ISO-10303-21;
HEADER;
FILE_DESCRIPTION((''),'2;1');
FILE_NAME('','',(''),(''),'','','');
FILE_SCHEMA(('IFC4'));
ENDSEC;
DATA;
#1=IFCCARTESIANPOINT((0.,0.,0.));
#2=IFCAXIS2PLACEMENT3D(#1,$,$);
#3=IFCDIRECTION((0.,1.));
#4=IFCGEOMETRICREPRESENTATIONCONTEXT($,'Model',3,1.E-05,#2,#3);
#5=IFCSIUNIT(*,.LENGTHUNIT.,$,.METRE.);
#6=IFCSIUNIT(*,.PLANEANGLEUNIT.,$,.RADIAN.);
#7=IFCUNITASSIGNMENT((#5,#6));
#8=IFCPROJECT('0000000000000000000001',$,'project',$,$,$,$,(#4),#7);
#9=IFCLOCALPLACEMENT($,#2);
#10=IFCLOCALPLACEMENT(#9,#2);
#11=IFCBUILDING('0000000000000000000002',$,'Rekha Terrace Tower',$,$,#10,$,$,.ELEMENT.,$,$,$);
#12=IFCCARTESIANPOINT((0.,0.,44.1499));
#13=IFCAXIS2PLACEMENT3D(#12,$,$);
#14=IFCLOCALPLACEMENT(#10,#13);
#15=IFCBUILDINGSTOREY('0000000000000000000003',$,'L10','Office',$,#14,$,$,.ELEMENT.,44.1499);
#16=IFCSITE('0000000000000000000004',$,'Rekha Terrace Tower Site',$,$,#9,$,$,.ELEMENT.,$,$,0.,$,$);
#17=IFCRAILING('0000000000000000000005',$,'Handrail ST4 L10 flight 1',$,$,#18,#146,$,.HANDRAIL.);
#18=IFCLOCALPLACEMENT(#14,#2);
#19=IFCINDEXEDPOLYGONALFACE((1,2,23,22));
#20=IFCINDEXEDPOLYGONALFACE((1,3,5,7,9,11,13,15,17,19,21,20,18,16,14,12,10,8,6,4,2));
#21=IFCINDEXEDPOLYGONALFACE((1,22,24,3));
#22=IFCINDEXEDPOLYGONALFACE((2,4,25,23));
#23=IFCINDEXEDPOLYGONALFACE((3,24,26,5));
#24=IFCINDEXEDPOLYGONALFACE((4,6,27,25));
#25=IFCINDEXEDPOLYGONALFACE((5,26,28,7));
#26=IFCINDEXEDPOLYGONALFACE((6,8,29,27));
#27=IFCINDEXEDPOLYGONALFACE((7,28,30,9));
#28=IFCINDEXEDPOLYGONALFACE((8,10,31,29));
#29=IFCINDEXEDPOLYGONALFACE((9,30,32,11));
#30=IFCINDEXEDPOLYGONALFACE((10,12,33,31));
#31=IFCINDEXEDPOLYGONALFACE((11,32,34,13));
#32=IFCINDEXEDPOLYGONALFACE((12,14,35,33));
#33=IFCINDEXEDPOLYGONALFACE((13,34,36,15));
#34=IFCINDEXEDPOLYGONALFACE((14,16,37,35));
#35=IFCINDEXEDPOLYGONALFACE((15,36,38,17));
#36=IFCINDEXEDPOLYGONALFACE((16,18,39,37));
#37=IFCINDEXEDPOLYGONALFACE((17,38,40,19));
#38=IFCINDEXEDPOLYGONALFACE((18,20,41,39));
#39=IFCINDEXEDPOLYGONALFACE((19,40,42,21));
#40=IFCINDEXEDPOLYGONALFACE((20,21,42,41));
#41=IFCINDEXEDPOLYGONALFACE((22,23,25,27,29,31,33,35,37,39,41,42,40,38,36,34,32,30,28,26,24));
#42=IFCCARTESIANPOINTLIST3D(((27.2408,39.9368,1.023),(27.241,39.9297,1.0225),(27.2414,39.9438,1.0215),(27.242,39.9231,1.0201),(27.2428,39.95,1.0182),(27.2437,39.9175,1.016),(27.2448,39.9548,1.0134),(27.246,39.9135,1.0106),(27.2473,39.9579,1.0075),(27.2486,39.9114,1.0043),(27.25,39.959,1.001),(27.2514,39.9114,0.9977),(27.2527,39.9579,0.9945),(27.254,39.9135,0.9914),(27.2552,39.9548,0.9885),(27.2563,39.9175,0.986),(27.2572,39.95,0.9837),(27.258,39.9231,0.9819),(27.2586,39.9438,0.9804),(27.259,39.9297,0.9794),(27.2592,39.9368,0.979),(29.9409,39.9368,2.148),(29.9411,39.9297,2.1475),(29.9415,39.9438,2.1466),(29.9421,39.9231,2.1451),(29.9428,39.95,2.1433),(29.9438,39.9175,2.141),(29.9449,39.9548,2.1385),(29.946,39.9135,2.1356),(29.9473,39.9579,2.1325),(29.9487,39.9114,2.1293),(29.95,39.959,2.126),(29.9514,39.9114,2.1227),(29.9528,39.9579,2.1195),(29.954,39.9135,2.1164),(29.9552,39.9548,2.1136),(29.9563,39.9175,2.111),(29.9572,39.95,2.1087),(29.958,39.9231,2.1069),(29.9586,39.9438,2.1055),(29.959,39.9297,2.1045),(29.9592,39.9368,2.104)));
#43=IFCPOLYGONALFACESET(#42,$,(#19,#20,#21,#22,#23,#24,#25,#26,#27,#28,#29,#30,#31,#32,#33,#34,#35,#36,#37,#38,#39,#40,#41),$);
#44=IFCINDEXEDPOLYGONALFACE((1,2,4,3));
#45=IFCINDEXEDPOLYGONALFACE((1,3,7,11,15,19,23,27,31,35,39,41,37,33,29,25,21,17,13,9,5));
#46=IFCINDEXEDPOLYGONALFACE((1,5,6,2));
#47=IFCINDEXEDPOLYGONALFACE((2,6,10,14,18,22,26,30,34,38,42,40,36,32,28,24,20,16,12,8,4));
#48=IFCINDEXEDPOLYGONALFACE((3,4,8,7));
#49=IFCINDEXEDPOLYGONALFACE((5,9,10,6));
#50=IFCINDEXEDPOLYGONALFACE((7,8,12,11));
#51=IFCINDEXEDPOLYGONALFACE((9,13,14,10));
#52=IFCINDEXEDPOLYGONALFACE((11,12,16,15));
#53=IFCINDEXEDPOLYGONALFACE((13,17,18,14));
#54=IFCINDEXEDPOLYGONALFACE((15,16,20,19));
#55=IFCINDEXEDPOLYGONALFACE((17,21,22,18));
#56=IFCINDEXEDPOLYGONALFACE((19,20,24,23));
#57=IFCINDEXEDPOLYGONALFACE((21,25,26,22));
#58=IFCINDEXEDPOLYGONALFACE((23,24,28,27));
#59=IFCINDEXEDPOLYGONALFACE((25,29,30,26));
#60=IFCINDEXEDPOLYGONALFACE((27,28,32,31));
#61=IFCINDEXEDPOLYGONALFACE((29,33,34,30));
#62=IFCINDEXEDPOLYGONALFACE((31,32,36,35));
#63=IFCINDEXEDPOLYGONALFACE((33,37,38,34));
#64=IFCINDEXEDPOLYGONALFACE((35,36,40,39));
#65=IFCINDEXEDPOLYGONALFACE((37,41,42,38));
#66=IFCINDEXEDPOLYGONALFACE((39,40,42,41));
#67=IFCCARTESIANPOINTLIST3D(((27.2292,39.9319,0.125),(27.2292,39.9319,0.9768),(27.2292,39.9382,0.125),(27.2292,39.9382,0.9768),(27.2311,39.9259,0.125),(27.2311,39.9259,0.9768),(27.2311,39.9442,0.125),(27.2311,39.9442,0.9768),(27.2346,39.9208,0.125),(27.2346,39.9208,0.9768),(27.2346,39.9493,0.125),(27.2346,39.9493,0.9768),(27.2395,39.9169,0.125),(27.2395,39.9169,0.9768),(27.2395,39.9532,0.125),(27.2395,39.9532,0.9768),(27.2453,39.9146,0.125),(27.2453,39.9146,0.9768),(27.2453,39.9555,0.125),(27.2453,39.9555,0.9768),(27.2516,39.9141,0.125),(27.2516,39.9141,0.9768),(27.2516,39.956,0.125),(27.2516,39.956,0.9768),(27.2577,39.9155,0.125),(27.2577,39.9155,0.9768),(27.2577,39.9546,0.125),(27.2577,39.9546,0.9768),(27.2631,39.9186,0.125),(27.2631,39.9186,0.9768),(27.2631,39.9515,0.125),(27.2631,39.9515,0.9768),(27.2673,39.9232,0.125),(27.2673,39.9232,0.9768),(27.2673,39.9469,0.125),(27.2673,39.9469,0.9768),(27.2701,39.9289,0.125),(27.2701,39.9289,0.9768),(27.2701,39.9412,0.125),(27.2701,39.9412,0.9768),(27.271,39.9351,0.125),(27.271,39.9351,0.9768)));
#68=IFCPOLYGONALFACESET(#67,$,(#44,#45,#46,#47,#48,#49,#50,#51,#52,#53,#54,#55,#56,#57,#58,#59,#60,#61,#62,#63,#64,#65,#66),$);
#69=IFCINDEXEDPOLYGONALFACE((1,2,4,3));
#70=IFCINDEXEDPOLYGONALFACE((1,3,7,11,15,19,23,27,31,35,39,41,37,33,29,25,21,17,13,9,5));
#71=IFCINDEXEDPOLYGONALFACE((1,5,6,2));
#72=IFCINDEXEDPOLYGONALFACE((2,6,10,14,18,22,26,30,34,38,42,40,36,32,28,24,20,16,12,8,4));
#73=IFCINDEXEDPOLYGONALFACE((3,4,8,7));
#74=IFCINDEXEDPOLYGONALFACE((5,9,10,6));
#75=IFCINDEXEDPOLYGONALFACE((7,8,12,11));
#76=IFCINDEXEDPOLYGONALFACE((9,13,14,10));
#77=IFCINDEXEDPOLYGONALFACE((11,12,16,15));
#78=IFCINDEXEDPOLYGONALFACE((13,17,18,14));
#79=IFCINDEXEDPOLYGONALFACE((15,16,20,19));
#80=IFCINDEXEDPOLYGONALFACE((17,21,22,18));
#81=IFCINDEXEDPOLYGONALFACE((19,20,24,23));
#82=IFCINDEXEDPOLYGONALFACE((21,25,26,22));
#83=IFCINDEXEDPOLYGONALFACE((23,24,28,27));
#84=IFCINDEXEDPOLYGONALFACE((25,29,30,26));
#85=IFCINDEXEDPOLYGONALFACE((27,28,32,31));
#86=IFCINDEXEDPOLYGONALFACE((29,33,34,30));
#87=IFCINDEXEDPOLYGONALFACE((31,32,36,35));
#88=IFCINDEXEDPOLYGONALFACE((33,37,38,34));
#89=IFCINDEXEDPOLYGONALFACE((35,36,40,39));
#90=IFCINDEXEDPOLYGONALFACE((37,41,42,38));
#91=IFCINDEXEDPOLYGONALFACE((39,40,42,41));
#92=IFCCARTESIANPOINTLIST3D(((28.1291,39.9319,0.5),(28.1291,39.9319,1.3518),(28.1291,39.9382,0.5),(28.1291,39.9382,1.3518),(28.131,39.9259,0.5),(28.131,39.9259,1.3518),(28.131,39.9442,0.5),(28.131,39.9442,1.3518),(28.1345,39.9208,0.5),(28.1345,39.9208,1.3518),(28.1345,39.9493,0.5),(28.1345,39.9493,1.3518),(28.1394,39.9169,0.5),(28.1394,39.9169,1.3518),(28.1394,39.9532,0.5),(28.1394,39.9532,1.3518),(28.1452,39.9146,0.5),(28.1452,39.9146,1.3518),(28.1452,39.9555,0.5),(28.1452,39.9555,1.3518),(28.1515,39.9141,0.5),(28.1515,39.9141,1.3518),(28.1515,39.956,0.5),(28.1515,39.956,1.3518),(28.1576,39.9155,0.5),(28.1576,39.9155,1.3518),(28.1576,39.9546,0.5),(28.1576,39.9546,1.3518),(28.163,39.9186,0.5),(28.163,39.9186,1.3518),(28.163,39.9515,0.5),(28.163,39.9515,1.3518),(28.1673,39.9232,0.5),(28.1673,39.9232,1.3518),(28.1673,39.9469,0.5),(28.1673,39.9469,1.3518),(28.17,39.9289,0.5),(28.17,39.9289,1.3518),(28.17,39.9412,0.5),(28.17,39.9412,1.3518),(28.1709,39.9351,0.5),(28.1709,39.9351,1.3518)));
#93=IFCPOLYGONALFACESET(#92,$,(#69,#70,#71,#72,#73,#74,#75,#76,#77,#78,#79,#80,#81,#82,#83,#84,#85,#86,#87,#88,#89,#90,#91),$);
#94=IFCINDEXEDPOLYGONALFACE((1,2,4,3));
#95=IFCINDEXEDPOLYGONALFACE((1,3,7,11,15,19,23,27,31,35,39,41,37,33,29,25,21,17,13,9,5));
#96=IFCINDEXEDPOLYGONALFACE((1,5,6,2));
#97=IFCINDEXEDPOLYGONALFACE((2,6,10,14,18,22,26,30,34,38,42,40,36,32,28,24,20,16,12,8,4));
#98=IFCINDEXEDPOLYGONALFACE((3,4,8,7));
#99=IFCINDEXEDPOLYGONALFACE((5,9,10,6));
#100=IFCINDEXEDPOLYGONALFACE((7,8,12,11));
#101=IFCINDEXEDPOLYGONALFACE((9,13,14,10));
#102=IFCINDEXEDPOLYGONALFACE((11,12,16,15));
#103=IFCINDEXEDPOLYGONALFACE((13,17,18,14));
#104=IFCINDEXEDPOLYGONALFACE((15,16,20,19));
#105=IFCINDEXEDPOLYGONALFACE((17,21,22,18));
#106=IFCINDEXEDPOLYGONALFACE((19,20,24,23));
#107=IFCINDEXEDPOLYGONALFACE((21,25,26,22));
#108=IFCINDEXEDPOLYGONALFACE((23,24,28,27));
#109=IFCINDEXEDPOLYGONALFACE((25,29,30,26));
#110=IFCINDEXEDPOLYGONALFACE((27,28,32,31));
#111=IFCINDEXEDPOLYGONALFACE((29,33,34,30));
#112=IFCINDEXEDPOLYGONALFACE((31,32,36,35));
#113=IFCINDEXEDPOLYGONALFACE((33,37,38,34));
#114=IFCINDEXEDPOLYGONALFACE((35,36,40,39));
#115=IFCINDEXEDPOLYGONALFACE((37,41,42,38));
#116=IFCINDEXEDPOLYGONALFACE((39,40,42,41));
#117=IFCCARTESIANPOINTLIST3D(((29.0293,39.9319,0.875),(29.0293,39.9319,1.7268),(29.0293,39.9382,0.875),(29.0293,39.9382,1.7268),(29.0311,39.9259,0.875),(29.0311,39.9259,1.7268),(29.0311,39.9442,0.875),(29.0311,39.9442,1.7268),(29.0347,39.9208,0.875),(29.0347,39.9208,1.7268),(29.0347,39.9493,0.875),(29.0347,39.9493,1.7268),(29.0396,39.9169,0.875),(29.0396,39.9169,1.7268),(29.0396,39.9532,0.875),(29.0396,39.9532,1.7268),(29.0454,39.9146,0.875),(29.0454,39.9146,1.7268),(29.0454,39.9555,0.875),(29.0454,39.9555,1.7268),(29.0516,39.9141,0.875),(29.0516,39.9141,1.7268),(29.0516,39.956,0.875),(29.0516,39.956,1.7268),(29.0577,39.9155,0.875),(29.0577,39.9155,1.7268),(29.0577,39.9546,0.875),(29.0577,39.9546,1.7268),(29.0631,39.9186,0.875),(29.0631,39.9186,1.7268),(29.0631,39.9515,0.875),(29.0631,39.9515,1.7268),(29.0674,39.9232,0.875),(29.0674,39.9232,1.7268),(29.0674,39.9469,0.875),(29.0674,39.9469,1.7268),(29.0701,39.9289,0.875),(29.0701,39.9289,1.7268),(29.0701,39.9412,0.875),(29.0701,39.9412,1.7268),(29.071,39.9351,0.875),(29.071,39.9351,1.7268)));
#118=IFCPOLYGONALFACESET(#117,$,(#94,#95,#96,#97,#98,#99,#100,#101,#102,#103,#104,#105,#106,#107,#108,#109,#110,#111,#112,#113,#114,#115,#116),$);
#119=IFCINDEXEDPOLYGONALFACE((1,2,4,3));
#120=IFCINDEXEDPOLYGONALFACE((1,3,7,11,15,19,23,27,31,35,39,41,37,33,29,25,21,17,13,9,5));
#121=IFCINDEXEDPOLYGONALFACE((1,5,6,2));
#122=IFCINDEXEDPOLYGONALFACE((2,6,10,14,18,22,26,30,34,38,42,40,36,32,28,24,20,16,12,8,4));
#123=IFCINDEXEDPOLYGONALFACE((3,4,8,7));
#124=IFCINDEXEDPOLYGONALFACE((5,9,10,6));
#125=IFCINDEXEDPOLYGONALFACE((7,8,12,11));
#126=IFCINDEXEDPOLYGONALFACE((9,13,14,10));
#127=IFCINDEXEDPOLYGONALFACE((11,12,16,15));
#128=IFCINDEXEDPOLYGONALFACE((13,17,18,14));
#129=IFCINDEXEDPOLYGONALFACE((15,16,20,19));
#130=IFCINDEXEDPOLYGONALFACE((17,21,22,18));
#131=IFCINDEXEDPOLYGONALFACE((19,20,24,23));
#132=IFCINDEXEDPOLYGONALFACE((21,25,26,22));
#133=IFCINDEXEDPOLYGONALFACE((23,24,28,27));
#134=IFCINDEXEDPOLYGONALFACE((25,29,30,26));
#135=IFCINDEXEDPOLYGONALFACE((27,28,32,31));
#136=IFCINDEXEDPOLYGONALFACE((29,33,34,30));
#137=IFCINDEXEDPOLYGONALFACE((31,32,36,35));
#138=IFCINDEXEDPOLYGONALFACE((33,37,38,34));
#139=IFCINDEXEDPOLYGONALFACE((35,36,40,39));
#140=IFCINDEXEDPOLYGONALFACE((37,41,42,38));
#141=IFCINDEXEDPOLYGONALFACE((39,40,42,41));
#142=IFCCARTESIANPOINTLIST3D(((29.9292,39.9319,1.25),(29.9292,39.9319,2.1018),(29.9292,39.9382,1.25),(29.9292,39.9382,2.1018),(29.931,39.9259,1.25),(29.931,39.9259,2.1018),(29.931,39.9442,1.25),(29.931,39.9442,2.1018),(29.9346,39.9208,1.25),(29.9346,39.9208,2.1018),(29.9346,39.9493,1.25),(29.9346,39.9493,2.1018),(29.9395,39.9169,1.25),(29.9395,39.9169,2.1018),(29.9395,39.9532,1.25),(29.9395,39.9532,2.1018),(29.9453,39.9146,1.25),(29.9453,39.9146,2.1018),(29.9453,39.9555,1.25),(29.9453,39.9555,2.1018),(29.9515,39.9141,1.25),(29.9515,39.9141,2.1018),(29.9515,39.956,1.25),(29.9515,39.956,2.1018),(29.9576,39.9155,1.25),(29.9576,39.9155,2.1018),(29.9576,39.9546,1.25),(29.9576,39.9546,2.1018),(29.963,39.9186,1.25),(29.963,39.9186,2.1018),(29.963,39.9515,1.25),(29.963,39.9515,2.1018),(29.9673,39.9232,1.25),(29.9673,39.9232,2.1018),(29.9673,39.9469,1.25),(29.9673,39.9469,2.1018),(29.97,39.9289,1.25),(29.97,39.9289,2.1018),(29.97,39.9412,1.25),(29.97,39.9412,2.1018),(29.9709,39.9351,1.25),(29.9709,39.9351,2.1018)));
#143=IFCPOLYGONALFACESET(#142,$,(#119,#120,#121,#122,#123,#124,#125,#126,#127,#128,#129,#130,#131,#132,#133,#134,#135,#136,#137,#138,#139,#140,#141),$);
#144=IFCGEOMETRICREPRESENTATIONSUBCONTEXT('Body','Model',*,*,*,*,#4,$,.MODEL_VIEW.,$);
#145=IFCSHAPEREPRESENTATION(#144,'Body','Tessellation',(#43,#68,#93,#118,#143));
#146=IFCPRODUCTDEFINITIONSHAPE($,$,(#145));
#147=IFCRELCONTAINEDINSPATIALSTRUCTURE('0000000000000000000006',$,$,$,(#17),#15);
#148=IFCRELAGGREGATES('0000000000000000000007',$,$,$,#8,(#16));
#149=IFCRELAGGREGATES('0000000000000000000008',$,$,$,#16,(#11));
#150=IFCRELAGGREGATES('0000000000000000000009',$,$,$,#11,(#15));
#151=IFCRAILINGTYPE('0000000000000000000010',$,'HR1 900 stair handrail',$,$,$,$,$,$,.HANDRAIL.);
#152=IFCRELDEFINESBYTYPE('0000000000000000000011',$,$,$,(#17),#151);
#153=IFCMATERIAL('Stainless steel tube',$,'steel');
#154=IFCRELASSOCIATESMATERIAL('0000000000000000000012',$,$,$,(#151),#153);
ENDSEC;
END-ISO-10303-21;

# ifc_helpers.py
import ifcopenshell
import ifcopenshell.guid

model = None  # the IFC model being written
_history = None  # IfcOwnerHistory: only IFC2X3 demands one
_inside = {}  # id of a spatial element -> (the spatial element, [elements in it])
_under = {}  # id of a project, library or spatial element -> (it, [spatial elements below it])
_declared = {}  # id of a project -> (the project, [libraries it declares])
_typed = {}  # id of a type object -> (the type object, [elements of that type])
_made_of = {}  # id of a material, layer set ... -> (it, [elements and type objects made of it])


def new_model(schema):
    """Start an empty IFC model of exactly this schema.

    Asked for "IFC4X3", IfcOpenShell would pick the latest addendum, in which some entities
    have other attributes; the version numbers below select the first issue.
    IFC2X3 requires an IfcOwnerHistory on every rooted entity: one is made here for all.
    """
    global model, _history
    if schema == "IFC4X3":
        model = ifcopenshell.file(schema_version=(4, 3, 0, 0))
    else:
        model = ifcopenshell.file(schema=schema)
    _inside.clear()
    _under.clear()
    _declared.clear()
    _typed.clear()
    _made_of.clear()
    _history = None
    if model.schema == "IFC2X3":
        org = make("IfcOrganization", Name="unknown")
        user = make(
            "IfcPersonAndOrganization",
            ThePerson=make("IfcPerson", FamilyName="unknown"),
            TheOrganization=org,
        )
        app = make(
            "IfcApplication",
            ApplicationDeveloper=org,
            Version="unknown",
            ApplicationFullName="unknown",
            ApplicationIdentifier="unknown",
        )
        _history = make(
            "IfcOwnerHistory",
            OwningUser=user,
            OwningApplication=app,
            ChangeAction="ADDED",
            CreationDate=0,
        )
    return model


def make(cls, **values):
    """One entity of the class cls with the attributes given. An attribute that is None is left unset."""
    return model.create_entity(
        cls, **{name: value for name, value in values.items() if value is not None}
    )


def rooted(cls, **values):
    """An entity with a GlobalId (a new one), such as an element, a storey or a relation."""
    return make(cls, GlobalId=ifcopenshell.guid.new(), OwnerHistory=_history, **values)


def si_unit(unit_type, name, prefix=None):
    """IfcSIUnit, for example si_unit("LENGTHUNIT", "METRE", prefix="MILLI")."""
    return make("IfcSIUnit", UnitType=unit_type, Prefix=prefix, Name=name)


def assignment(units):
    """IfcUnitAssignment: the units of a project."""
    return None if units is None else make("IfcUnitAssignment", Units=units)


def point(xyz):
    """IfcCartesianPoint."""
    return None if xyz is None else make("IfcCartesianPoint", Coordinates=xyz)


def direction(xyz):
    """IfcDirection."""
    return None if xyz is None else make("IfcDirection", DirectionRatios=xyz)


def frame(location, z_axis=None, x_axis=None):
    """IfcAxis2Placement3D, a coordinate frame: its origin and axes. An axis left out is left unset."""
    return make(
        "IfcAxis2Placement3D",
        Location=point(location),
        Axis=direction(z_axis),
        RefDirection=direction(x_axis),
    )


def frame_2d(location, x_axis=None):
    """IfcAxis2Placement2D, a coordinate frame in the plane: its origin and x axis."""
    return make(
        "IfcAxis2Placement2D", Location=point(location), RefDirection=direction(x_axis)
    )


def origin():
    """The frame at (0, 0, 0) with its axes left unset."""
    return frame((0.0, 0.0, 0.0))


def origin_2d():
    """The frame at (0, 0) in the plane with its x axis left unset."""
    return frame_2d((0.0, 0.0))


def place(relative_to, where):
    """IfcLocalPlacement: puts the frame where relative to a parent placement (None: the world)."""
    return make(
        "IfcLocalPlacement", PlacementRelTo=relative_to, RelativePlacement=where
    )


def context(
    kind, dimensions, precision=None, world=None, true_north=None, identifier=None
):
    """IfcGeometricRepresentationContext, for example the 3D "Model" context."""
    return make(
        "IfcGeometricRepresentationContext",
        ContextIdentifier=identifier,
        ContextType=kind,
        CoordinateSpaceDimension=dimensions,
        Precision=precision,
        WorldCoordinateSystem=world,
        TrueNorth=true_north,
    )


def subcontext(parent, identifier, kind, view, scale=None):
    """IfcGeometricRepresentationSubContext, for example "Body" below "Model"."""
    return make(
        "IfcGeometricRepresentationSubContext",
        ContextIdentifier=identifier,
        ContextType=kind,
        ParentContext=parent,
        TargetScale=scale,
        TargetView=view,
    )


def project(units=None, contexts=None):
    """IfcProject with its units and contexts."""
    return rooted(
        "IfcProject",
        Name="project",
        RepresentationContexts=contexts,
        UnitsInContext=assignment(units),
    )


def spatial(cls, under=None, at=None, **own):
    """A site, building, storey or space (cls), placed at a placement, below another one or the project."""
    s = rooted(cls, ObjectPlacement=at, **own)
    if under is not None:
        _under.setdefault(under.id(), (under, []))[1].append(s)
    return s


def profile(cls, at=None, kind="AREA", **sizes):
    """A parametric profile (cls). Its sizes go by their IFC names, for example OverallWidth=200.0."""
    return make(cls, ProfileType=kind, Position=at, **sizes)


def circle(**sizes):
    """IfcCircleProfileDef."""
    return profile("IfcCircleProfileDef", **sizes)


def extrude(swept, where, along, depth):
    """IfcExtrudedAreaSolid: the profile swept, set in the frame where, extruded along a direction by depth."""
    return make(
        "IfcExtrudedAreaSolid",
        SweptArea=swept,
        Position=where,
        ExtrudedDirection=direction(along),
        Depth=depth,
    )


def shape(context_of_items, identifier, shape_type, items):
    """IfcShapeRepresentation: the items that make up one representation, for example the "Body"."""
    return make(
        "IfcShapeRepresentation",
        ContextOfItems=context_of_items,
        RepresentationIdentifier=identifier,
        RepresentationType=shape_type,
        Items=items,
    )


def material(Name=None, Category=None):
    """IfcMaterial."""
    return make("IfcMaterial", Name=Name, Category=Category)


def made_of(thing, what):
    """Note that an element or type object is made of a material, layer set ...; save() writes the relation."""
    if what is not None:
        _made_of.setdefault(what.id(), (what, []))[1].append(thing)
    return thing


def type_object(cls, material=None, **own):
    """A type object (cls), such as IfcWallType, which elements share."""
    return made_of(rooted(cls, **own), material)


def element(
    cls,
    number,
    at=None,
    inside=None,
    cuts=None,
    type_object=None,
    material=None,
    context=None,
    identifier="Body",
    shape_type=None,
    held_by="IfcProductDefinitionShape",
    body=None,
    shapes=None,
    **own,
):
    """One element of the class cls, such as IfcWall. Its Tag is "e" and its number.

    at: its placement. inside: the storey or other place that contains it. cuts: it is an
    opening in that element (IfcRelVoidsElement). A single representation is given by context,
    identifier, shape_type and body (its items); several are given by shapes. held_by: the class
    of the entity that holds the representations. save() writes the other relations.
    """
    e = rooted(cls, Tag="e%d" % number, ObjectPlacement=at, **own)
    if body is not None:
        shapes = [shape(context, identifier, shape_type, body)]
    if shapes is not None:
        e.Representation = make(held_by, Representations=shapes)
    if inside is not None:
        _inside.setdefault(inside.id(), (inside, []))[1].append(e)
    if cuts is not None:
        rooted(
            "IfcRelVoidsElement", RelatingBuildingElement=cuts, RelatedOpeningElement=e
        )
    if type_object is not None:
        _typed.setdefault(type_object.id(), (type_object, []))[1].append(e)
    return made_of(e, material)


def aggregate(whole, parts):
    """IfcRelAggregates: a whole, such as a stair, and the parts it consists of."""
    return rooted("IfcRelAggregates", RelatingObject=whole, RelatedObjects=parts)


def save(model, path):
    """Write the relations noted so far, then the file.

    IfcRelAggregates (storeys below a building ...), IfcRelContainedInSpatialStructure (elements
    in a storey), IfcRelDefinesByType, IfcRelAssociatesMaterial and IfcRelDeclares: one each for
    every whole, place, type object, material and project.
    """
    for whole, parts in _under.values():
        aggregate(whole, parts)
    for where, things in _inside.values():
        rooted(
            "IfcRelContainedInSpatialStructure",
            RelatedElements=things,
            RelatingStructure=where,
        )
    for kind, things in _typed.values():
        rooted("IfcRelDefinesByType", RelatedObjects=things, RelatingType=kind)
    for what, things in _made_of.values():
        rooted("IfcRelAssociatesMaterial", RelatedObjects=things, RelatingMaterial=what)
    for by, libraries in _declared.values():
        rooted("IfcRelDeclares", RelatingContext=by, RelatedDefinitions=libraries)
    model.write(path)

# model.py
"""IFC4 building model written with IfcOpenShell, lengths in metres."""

from ifc_helpers import new_model, si_unit, direction, frame, origin, origin_2d, place, context, subcontext, project, spatial, circle, extrude, material, type_object, element, save


model = new_model("IFC4")

# Units and contexts
model_context = context("Model", 3, precision=1e-05, world=origin(), true_north=direction((0.0, 1.0)))
body_context = subcontext(model_context, "Body", "Model", "MODEL_VIEW")
ifc_project = project(units=[si_unit("LENGTHUNIT", "METRE"), si_unit("PLANEANGLEUNIT", "RADIAN")], contexts=[model_context])

# Site, building, storey
site_placement = place(None, origin())
site = spatial("IfcSite", under=ifc_project, at=site_placement, Name="Rekha Terrace Tower Site", CompositionType="ELEMENT", RefElevation=0.0)
building_placement = place(site_placement, origin())
building = spatial("IfcBuilding", under=site, at=building_placement, Name="Rekha Terrace Tower", CompositionType="ELEMENT")
storey_placement = place(building_placement, frame((0.0, 0.0, 44.1499)))
storey = spatial("IfcBuildingStorey", under=building, at=storey_placement, Name="L10", Description="Office", CompositionType="ELEMENT", Elevation=44.1499)

# Railing
ifc_material_1 = material(Name="Stainless steel tube", Category="steel")
railing_type_1 = type_object("IfcRailingType", Name="HR1 900 stair handrail", PredefinedType="HANDRAIL", material=ifc_material_1)
railing_1_placement = place(storey_placement, frame((27.25, 39.9351, 0.125)))
element("IfcRailing", 1, at=railing_1_placement, inside=storey, type_object=railing_type_1, Name="Handrail ST4 L10 flight 1", PredefinedType="HANDRAIL", context=body_context, shape_type="SweptSolid", body=[
    extrude(circle(Radius=0.0239, at=origin_2d()), frame((0.0, 0.0, 0.876), z_axis=(0.923074, 0.0, 0.384621), x_axis=(0.0, 1.0, 0.0)), (0.0, 0.0, 1.0), 2.925),
    extrude(circle(Radius=0.021, at=origin_2d()), origin(), (0.0, 0.0, 1.0), 0.8518),
    extrude(circle(Radius=0.021, at=origin_2d()), frame((0.8999, 0.0, 0.375)), (0.0, 0.0, 1.0), 0.8518),
    extrude(circle(Radius=0.021, at=origin_2d()), frame((1.8, 0.0, 0.75)), (0.0, 0.0, 1.0), 0.8518),
    extrude(circle(Radius=0.021, at=origin_2d()), frame((2.7, 0.0, 1.125)), (0.0, 0.0, 1.0), 0.8518),
])

save(model, "model.ifc")
